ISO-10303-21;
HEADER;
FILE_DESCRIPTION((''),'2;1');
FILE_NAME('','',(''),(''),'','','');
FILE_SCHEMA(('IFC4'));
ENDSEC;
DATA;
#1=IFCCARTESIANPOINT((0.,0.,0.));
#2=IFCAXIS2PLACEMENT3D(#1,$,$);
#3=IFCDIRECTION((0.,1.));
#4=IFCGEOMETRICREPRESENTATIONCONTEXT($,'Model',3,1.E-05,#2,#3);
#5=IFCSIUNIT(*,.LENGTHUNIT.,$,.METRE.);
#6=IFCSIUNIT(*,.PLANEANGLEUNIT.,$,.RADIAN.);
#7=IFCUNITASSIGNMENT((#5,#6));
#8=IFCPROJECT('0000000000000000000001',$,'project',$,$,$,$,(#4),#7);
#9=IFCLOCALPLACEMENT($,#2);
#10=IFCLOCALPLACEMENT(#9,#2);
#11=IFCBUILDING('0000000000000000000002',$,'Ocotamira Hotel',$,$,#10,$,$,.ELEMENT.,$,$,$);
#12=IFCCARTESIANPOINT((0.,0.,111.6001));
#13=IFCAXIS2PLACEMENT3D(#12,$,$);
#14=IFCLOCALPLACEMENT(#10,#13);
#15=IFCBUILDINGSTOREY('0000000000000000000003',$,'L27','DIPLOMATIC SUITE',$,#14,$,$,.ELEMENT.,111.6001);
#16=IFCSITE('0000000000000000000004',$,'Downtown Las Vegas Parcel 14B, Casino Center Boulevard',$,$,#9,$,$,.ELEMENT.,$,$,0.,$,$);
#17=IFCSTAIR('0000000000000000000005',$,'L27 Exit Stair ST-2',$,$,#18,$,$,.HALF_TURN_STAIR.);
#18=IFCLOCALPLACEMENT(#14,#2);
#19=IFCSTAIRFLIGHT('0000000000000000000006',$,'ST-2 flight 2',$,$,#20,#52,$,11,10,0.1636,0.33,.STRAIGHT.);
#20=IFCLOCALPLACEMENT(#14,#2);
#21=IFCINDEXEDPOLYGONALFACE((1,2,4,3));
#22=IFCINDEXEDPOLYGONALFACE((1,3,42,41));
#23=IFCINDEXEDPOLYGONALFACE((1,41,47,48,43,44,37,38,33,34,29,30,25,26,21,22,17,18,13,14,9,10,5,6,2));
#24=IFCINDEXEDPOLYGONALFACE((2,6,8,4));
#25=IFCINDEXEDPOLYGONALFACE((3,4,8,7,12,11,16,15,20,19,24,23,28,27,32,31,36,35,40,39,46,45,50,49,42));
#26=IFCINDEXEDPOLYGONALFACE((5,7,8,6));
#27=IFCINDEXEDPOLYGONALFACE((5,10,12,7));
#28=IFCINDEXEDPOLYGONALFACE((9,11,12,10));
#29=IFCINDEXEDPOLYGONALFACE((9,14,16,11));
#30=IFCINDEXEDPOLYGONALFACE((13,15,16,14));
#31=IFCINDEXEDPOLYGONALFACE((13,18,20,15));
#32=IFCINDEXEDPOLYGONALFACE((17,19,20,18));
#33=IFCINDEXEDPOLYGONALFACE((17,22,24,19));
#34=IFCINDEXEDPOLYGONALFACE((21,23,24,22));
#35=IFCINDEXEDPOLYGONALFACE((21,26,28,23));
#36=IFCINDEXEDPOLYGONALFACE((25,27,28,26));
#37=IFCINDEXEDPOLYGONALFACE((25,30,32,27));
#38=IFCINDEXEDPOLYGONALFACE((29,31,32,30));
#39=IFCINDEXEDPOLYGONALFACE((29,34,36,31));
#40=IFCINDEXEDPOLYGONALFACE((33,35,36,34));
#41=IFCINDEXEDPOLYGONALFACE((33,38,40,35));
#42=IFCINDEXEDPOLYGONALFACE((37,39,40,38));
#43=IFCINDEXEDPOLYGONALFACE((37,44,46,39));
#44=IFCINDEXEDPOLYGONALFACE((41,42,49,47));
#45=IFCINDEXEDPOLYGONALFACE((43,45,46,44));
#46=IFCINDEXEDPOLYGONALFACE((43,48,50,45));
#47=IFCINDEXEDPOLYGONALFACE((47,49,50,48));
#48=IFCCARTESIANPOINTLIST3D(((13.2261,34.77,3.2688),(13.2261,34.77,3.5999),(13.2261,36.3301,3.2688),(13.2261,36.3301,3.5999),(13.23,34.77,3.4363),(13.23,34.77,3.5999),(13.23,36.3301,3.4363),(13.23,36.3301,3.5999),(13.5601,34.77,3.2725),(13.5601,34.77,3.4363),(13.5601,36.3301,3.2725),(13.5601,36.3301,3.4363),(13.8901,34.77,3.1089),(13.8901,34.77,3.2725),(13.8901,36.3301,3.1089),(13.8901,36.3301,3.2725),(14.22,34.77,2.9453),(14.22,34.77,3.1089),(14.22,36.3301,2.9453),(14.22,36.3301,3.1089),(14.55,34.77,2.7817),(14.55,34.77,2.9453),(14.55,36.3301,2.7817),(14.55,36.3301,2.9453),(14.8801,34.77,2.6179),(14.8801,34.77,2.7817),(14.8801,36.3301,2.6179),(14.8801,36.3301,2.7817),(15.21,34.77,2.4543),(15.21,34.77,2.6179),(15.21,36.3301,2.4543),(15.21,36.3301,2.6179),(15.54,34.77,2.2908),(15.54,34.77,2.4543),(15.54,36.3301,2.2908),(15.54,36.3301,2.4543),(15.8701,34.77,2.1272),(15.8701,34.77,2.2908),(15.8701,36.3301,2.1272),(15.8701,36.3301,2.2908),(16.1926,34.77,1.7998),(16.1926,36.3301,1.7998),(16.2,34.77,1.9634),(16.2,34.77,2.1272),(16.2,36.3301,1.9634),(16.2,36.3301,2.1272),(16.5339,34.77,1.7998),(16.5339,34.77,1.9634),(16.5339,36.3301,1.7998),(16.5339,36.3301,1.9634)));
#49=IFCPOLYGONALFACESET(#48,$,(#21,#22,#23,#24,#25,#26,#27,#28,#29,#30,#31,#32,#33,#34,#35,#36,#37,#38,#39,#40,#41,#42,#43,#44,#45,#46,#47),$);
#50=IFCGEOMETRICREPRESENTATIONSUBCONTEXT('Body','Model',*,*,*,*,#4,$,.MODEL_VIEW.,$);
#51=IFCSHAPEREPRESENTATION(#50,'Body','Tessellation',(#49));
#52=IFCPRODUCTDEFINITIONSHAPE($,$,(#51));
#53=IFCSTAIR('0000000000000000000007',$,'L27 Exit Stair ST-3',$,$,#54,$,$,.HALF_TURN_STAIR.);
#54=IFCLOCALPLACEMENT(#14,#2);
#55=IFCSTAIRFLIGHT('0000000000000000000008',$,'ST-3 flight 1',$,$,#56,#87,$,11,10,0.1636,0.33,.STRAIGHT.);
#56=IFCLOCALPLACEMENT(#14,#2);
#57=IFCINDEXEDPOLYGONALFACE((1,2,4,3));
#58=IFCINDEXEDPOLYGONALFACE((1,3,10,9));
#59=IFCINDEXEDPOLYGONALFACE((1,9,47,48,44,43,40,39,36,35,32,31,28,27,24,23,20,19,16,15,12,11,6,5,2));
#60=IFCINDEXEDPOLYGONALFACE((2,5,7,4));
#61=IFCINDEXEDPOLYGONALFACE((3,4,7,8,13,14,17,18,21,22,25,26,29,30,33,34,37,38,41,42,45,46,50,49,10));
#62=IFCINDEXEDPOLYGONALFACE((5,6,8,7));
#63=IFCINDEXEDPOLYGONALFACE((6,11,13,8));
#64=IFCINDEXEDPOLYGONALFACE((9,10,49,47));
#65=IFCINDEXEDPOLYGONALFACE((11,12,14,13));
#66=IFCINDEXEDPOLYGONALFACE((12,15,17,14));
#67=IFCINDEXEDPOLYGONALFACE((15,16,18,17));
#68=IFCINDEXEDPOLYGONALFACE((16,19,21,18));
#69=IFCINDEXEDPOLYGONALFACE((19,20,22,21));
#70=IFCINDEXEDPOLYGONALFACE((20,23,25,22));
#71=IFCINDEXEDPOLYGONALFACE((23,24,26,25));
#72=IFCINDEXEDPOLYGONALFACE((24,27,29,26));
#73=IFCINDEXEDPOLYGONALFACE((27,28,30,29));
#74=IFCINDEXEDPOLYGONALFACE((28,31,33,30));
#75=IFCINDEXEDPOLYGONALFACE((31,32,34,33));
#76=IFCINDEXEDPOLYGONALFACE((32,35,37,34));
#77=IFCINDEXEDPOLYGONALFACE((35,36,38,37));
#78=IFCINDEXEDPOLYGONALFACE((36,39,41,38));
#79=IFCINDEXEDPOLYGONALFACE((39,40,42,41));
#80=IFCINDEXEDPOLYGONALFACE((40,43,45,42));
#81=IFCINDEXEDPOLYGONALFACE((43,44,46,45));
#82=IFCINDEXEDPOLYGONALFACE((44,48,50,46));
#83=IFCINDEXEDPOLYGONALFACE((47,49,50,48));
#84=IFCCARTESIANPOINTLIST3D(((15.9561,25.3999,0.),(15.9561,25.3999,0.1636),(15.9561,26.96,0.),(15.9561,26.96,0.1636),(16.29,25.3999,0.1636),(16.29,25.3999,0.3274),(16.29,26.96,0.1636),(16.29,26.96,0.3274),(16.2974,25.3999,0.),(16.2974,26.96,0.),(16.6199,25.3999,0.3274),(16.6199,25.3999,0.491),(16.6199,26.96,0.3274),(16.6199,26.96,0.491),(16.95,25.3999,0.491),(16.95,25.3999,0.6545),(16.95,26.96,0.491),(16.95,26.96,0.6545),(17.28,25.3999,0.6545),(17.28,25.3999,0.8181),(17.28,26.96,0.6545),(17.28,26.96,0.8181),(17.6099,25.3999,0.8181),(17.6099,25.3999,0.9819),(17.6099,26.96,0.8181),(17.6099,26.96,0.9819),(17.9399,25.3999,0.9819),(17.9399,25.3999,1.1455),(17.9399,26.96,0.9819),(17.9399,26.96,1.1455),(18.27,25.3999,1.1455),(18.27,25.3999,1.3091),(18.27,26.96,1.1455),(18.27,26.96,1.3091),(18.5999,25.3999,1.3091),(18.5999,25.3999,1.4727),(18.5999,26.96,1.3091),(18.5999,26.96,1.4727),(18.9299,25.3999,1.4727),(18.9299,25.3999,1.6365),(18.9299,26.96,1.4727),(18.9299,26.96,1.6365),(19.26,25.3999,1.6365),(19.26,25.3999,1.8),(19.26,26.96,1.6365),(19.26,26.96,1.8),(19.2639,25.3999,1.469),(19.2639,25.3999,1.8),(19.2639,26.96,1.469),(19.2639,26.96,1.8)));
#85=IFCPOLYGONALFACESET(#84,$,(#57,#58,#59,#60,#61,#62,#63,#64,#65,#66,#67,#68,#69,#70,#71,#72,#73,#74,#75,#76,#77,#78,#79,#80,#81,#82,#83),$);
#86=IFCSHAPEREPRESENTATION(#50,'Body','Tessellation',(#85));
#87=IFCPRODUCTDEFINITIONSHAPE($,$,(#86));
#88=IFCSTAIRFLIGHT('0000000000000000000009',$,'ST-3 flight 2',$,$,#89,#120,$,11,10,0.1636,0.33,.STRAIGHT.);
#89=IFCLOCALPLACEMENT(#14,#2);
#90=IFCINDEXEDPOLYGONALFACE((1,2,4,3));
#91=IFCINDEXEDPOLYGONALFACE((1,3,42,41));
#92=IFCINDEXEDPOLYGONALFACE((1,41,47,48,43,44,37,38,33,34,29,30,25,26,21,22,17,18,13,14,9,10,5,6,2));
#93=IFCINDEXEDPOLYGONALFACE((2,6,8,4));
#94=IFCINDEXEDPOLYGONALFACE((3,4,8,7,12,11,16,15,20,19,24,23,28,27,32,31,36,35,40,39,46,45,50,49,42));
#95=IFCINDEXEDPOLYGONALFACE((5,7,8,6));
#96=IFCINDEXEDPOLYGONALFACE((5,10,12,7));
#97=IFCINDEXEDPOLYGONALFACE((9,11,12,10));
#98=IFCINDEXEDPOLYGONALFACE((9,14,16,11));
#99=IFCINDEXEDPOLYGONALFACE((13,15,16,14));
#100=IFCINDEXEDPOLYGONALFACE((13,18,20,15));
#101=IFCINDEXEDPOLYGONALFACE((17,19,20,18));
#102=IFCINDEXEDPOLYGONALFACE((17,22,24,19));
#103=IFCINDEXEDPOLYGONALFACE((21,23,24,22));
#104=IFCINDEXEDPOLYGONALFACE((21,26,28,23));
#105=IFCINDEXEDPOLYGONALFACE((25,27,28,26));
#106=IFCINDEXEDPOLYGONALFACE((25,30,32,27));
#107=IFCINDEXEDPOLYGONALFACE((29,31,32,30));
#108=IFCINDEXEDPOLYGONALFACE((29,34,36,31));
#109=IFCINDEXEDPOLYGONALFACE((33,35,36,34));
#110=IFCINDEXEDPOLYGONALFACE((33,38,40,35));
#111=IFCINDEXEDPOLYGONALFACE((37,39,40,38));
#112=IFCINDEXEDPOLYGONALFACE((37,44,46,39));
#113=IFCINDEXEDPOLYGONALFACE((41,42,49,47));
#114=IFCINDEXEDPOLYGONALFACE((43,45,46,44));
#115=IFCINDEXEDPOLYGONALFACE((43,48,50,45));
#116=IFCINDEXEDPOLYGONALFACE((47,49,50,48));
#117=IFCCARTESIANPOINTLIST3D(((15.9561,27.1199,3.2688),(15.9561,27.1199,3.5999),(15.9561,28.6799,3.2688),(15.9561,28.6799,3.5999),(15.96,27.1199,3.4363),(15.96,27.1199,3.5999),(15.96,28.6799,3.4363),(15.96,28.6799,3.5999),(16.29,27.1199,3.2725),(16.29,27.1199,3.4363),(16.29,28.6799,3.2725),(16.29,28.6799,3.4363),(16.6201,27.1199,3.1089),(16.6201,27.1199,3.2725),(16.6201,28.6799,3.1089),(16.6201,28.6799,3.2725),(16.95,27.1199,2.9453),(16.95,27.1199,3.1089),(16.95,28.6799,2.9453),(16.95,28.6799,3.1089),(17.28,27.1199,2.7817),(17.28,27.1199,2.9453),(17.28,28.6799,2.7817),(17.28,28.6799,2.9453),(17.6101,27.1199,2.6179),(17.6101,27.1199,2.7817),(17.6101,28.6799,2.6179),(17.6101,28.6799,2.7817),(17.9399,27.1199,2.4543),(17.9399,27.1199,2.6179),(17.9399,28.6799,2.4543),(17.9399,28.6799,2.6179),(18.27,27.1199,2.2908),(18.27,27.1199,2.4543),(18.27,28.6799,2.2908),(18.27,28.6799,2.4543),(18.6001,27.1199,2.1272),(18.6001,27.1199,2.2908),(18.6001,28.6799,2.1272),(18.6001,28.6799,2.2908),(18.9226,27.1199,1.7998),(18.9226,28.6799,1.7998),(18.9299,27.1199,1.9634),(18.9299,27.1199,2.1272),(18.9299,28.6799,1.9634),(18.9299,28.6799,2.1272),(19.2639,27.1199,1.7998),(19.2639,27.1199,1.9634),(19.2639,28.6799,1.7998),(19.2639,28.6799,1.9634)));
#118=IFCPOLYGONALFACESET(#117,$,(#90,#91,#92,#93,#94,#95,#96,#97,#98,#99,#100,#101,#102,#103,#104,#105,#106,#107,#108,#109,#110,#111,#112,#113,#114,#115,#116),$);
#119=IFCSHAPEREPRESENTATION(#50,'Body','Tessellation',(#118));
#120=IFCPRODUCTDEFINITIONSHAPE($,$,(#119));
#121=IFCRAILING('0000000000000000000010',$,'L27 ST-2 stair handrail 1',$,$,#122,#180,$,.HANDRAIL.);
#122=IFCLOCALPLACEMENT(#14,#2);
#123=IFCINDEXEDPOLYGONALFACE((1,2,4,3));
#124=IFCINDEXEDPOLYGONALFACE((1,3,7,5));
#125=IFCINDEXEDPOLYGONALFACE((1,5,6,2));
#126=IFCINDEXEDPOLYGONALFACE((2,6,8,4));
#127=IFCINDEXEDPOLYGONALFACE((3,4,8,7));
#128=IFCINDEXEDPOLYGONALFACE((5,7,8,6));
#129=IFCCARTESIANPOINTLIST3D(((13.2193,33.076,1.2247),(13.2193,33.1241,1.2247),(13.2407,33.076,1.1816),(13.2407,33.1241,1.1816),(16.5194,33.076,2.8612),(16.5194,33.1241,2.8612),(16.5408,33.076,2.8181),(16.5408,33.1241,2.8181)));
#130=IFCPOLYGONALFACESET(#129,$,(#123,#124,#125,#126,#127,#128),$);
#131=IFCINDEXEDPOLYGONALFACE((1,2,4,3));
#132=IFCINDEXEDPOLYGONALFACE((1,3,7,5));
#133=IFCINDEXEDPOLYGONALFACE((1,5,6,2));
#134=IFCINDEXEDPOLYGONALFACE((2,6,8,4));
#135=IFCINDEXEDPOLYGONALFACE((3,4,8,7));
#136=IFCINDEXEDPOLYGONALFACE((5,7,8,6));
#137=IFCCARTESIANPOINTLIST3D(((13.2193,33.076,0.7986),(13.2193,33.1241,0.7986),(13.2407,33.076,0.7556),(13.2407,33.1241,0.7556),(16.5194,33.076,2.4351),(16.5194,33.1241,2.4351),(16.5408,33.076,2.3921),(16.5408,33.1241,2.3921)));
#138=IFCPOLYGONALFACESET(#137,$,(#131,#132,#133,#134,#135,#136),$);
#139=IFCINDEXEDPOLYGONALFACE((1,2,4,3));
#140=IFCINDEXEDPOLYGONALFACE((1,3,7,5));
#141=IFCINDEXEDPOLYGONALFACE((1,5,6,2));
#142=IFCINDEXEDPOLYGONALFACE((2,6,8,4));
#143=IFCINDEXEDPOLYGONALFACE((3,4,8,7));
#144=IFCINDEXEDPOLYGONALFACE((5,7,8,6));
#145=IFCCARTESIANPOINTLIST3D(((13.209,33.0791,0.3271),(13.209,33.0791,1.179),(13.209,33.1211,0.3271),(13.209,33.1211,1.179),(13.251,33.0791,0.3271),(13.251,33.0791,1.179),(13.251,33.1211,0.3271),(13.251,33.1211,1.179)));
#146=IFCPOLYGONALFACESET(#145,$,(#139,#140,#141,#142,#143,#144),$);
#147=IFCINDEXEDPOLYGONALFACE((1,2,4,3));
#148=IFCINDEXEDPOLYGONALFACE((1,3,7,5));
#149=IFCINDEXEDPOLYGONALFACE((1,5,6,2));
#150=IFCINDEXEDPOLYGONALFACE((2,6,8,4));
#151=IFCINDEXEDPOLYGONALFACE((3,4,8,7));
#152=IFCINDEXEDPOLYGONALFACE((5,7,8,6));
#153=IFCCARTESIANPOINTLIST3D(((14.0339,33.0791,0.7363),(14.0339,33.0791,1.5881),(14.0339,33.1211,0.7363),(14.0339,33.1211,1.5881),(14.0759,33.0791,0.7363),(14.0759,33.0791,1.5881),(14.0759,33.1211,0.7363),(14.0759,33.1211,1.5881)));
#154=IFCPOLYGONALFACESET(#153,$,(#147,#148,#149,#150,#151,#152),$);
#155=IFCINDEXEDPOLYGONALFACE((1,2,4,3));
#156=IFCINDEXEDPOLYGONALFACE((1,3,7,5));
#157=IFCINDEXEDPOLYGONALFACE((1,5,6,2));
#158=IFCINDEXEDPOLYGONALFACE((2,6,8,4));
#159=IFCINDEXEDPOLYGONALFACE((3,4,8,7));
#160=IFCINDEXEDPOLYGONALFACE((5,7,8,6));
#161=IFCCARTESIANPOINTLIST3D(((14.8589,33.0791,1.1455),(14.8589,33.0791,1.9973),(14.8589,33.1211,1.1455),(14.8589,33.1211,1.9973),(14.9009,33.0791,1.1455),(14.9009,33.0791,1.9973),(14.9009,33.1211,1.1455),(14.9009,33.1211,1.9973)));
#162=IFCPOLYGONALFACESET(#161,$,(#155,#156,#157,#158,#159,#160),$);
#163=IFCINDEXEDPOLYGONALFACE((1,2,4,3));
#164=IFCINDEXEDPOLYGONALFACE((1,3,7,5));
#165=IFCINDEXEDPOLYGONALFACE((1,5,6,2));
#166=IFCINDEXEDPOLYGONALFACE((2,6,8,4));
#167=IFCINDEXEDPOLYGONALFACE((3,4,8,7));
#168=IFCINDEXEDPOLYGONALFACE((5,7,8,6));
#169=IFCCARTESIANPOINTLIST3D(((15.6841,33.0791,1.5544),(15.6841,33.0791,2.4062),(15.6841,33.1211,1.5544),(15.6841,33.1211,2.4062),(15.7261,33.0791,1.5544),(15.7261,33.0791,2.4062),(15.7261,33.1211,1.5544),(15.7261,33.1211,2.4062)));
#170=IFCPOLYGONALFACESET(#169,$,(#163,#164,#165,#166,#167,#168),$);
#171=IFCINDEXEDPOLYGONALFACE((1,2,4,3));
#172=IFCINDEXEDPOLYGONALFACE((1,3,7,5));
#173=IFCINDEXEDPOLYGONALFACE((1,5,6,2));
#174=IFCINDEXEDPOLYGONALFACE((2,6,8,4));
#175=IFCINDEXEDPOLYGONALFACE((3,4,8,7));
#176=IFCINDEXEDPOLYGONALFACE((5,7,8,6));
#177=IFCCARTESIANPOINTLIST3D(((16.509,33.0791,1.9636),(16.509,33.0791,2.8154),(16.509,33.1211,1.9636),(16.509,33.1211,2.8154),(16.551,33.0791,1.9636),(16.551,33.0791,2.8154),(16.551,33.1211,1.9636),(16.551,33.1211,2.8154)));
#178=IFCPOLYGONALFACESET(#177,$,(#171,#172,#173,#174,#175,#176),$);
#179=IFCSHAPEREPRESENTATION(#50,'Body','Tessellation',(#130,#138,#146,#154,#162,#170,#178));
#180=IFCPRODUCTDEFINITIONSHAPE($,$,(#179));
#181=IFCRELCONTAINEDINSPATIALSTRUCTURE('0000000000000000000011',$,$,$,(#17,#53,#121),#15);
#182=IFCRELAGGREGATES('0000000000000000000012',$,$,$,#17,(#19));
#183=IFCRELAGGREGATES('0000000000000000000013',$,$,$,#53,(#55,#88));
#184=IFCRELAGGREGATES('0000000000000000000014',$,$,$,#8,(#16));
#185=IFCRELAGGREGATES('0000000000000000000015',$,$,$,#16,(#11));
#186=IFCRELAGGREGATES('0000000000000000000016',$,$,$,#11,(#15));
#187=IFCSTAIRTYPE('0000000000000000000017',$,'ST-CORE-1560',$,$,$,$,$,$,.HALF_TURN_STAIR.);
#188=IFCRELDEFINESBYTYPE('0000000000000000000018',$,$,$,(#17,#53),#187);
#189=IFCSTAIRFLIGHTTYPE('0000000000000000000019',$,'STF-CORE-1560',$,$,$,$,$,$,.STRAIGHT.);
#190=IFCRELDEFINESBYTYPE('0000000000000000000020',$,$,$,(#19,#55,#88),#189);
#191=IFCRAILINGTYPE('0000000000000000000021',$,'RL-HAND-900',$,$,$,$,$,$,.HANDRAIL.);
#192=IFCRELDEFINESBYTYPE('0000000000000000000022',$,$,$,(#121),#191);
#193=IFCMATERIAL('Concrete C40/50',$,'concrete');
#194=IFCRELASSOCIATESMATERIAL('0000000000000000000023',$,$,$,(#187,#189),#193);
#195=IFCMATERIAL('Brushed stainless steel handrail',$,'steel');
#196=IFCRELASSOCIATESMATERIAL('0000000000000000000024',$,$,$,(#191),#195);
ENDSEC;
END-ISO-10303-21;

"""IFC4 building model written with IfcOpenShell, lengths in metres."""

from ifc_helpers import new_model, si_unit, direction, frame, origin, origin_2d, place, context, subcontext, project, spatial, polyline, rectangle, outline, extrude, source, transform, mapped, material, type_object, element, aggregate, save


model = new_model("IFC4")

# Units and contexts
model_context = context("Model", 3, precision=1e-05, world=origin(), true_north=direction((0.0, 1.0)))
body_context = subcontext(model_context, "Body", "Model", "MODEL_VIEW")
ifc_project = project(units=[si_unit("LENGTHUNIT", "METRE"), si_unit("PLANEANGLEUNIT", "RADIAN")], contexts=[model_context])

# Site, building, storey
site_placement = place(None, origin())
site = spatial("IfcSite", under=ifc_project, at=site_placement, Name="Downtown Las Vegas Parcel 14B, Casino Center Boulevard", CompositionType="ELEMENT", RefElevation=0.0)
building_placement = place(site_placement, origin())
building = spatial("IfcBuilding", under=site, at=building_placement, Name="Ocotamira Hotel", CompositionType="ELEMENT")
storey_placement = place(building_placement, frame((0.0, 0.0, 111.6001)))
storey = spatial("IfcBuildingStorey", under=building, at=storey_placement, Name="L27", Description="DIPLOMATIC SUITE", CompositionType="ELEMENT", Elevation=111.6001)

# Stairs, stair flights
ifc_material_1 = material(Name="Concrete C40/50", Category="concrete")
stair_type = type_object("IfcStairType", Name="ST-CORE-1560", PredefinedType="HALF_TURN_STAIR", material=ifc_material_1)
stair_1_placement = place(storey_placement, origin())
stair_1 = element("IfcStair", 1, at=stair_1_placement, inside=storey, type_object=stair_type, Name="L27 Exit Stair ST-2", PredefinedType="HALF_TURN_STAIR")
stair_flight_type = type_object("IfcStairFlightType", Name="STF-CORE-1560", PredefinedType="STRAIGHT", material=ifc_material_1)
shared_shape_1 = source(origin(), body_context, "Body", "SweptSolid", [
    extrude(outline(polyline([(-0.0039, 0.0), (-0.0039, 0.1636), (0.3301, 0.1636), (0.3301, 0.3274), (0.6599, 0.3274), (0.6599, 0.491), (0.99, 0.491), (0.99, 0.6545), (1.3201, 0.6545), (1.3201, 0.8181), (1.6499, 0.8181), (1.6499, 0.9819), (1.98, 0.9819), (1.98, 1.1455), (2.3101, 1.1455), (2.3101, 1.3091), (2.6399, 1.3091), (2.6399, 1.4727), (2.97, 1.4727), (2.97, 1.6365), (3.3, 1.6365), (3.3, 1.8), (3.304, 1.8), (3.304, 1.469), (0.3374, 0.0), (-0.0039, 0.0)])), frame((0.0, 0.78, 0.0), z_axis=(0.0, -1.0, 0.0), x_axis=(1.0, 0.0, 0.0)), (0.0, 0.0, 1.0), 1.5601),
])
stair_flight_1_placement = place(storey_placement, frame((16.53, 35.55, 1.7998), z_axis=(0.0, 0.0, 1.0), x_axis=(-1.0, 0.0, 0.0)))
stair_flight_1 = element("IfcStairFlight", 2, at=stair_flight_1_placement, type_object=stair_flight_type, Name="ST-2 flight 2", NumberOfRisers=11, NumberOfTreads=10, PredefinedType="STRAIGHT", RiserHeight=0.1636, TreadLength=0.33, context=body_context, shape_type="MappedRepresentation", body=[
    mapped(shared_shape_1, transform((0.0, 0.0, 0.0), scale=1.0)),
])
aggregate(stair_1, [stair_flight_1])
stair_2_placement = place(storey_placement, origin())
stair_2 = element("IfcStair", 3, at=stair_2_placement, inside=storey, type_object=stair_type, Name="L27 Exit Stair ST-3", PredefinedType="HALF_TURN_STAIR")
stair_flight_2_placement = place(storey_placement, frame((15.96, 26.1799, 0.0), z_axis=(0.0, 0.0, 1.0), x_axis=(1.0, 0.0, 0.0)))
stair_flight_2 = element("IfcStairFlight", 4, at=stair_flight_2_placement, type_object=stair_flight_type, Name="ST-3 flight 1", NumberOfRisers=11, NumberOfTreads=10, PredefinedType="STRAIGHT", RiserHeight=0.1636, TreadLength=0.33, context=body_context, shape_type="MappedRepresentation", body=[
    mapped(shared_shape_1, transform((0.0, 0.0, 0.0), scale=1.0)),
])
stair_flight_3_placement = place(storey_placement, frame((19.26, 27.8999, 1.7998), z_axis=(0.0, 0.0, 1.0), x_axis=(-1.0, 0.0, 0.0)))
stair_flight_3 = element("IfcStairFlight", 5, at=stair_flight_3_placement, type_object=stair_flight_type, Name="ST-3 flight 2", NumberOfRisers=11, NumberOfTreads=10, PredefinedType="STRAIGHT", RiserHeight=0.1636, TreadLength=0.33, context=body_context, shape_type="MappedRepresentation", body=[
    mapped(shared_shape_1, transform((0.0, 0.0, 0.0), scale=1.0)),
])
aggregate(stair_2, [stair_flight_2, stair_flight_3])

# Railing
ifc_material_2 = material(Name="Brushed stainless steel handrail", Category="steel")
railing_type_1 = type_object("IfcRailingType", Name="RL-HAND-900", PredefinedType="HANDRAIL", material=ifc_material_2)
railing_1_placement = place(storey_placement, frame((13.23, 33.1001, 0.3271)))
element("IfcRailing", 6, at=railing_1_placement, inside=storey, type_object=railing_type_1, Name="L27 ST-2 stair handrail 1", PredefinedType="HANDRAIL", context=body_context, shape_type="SweptSolid", body=[
    extrude(rectangle(XDim=0.0481, YDim=0.0481, at=origin_2d()), frame((0.0, 0.0, 0.876), z_axis=(0.895894, 0.0, 0.444268), x_axis=(0.0, 1.0, 0.0)), (0.0, 0.0, 1.0), 3.6836),
    extrude(rectangle(XDim=0.0481, YDim=0.0481, at=origin_2d()), frame((0.0, 0.0, 0.45), z_axis=(0.895894, 0.0, 0.444268), x_axis=(0.0, 1.0, 0.0)), (0.0, 0.0, 1.0), 3.6836),
    extrude(rectangle(XDim=0.042, YDim=0.042, at=origin_2d()), origin(), (0.0, 0.0, 1.0), 0.8518),
    extrude(rectangle(XDim=0.042, YDim=0.042, at=origin_2d()), frame((0.825, 0.0, 0.4092)), (0.0, 0.0, 1.0), 0.8518),
    extrude(rectangle(XDim=0.042, YDim=0.042, at=origin_2d()), frame((1.6499, 0.0, 0.8184)), (0.0, 0.0, 1.0), 0.8518),
    extrude(rectangle(XDim=0.042, YDim=0.042, at=origin_2d()), frame((2.4751, 0.0, 1.2273)), (0.0, 0.0, 1.0), 0.8518),
    extrude(rectangle(XDim=0.042, YDim=0.042, at=origin_2d()), frame((3.3, 0.0, 1.6365)), (0.0, 0.0, 1.0), 0.8518),
])

save(model, "model.ifc")
